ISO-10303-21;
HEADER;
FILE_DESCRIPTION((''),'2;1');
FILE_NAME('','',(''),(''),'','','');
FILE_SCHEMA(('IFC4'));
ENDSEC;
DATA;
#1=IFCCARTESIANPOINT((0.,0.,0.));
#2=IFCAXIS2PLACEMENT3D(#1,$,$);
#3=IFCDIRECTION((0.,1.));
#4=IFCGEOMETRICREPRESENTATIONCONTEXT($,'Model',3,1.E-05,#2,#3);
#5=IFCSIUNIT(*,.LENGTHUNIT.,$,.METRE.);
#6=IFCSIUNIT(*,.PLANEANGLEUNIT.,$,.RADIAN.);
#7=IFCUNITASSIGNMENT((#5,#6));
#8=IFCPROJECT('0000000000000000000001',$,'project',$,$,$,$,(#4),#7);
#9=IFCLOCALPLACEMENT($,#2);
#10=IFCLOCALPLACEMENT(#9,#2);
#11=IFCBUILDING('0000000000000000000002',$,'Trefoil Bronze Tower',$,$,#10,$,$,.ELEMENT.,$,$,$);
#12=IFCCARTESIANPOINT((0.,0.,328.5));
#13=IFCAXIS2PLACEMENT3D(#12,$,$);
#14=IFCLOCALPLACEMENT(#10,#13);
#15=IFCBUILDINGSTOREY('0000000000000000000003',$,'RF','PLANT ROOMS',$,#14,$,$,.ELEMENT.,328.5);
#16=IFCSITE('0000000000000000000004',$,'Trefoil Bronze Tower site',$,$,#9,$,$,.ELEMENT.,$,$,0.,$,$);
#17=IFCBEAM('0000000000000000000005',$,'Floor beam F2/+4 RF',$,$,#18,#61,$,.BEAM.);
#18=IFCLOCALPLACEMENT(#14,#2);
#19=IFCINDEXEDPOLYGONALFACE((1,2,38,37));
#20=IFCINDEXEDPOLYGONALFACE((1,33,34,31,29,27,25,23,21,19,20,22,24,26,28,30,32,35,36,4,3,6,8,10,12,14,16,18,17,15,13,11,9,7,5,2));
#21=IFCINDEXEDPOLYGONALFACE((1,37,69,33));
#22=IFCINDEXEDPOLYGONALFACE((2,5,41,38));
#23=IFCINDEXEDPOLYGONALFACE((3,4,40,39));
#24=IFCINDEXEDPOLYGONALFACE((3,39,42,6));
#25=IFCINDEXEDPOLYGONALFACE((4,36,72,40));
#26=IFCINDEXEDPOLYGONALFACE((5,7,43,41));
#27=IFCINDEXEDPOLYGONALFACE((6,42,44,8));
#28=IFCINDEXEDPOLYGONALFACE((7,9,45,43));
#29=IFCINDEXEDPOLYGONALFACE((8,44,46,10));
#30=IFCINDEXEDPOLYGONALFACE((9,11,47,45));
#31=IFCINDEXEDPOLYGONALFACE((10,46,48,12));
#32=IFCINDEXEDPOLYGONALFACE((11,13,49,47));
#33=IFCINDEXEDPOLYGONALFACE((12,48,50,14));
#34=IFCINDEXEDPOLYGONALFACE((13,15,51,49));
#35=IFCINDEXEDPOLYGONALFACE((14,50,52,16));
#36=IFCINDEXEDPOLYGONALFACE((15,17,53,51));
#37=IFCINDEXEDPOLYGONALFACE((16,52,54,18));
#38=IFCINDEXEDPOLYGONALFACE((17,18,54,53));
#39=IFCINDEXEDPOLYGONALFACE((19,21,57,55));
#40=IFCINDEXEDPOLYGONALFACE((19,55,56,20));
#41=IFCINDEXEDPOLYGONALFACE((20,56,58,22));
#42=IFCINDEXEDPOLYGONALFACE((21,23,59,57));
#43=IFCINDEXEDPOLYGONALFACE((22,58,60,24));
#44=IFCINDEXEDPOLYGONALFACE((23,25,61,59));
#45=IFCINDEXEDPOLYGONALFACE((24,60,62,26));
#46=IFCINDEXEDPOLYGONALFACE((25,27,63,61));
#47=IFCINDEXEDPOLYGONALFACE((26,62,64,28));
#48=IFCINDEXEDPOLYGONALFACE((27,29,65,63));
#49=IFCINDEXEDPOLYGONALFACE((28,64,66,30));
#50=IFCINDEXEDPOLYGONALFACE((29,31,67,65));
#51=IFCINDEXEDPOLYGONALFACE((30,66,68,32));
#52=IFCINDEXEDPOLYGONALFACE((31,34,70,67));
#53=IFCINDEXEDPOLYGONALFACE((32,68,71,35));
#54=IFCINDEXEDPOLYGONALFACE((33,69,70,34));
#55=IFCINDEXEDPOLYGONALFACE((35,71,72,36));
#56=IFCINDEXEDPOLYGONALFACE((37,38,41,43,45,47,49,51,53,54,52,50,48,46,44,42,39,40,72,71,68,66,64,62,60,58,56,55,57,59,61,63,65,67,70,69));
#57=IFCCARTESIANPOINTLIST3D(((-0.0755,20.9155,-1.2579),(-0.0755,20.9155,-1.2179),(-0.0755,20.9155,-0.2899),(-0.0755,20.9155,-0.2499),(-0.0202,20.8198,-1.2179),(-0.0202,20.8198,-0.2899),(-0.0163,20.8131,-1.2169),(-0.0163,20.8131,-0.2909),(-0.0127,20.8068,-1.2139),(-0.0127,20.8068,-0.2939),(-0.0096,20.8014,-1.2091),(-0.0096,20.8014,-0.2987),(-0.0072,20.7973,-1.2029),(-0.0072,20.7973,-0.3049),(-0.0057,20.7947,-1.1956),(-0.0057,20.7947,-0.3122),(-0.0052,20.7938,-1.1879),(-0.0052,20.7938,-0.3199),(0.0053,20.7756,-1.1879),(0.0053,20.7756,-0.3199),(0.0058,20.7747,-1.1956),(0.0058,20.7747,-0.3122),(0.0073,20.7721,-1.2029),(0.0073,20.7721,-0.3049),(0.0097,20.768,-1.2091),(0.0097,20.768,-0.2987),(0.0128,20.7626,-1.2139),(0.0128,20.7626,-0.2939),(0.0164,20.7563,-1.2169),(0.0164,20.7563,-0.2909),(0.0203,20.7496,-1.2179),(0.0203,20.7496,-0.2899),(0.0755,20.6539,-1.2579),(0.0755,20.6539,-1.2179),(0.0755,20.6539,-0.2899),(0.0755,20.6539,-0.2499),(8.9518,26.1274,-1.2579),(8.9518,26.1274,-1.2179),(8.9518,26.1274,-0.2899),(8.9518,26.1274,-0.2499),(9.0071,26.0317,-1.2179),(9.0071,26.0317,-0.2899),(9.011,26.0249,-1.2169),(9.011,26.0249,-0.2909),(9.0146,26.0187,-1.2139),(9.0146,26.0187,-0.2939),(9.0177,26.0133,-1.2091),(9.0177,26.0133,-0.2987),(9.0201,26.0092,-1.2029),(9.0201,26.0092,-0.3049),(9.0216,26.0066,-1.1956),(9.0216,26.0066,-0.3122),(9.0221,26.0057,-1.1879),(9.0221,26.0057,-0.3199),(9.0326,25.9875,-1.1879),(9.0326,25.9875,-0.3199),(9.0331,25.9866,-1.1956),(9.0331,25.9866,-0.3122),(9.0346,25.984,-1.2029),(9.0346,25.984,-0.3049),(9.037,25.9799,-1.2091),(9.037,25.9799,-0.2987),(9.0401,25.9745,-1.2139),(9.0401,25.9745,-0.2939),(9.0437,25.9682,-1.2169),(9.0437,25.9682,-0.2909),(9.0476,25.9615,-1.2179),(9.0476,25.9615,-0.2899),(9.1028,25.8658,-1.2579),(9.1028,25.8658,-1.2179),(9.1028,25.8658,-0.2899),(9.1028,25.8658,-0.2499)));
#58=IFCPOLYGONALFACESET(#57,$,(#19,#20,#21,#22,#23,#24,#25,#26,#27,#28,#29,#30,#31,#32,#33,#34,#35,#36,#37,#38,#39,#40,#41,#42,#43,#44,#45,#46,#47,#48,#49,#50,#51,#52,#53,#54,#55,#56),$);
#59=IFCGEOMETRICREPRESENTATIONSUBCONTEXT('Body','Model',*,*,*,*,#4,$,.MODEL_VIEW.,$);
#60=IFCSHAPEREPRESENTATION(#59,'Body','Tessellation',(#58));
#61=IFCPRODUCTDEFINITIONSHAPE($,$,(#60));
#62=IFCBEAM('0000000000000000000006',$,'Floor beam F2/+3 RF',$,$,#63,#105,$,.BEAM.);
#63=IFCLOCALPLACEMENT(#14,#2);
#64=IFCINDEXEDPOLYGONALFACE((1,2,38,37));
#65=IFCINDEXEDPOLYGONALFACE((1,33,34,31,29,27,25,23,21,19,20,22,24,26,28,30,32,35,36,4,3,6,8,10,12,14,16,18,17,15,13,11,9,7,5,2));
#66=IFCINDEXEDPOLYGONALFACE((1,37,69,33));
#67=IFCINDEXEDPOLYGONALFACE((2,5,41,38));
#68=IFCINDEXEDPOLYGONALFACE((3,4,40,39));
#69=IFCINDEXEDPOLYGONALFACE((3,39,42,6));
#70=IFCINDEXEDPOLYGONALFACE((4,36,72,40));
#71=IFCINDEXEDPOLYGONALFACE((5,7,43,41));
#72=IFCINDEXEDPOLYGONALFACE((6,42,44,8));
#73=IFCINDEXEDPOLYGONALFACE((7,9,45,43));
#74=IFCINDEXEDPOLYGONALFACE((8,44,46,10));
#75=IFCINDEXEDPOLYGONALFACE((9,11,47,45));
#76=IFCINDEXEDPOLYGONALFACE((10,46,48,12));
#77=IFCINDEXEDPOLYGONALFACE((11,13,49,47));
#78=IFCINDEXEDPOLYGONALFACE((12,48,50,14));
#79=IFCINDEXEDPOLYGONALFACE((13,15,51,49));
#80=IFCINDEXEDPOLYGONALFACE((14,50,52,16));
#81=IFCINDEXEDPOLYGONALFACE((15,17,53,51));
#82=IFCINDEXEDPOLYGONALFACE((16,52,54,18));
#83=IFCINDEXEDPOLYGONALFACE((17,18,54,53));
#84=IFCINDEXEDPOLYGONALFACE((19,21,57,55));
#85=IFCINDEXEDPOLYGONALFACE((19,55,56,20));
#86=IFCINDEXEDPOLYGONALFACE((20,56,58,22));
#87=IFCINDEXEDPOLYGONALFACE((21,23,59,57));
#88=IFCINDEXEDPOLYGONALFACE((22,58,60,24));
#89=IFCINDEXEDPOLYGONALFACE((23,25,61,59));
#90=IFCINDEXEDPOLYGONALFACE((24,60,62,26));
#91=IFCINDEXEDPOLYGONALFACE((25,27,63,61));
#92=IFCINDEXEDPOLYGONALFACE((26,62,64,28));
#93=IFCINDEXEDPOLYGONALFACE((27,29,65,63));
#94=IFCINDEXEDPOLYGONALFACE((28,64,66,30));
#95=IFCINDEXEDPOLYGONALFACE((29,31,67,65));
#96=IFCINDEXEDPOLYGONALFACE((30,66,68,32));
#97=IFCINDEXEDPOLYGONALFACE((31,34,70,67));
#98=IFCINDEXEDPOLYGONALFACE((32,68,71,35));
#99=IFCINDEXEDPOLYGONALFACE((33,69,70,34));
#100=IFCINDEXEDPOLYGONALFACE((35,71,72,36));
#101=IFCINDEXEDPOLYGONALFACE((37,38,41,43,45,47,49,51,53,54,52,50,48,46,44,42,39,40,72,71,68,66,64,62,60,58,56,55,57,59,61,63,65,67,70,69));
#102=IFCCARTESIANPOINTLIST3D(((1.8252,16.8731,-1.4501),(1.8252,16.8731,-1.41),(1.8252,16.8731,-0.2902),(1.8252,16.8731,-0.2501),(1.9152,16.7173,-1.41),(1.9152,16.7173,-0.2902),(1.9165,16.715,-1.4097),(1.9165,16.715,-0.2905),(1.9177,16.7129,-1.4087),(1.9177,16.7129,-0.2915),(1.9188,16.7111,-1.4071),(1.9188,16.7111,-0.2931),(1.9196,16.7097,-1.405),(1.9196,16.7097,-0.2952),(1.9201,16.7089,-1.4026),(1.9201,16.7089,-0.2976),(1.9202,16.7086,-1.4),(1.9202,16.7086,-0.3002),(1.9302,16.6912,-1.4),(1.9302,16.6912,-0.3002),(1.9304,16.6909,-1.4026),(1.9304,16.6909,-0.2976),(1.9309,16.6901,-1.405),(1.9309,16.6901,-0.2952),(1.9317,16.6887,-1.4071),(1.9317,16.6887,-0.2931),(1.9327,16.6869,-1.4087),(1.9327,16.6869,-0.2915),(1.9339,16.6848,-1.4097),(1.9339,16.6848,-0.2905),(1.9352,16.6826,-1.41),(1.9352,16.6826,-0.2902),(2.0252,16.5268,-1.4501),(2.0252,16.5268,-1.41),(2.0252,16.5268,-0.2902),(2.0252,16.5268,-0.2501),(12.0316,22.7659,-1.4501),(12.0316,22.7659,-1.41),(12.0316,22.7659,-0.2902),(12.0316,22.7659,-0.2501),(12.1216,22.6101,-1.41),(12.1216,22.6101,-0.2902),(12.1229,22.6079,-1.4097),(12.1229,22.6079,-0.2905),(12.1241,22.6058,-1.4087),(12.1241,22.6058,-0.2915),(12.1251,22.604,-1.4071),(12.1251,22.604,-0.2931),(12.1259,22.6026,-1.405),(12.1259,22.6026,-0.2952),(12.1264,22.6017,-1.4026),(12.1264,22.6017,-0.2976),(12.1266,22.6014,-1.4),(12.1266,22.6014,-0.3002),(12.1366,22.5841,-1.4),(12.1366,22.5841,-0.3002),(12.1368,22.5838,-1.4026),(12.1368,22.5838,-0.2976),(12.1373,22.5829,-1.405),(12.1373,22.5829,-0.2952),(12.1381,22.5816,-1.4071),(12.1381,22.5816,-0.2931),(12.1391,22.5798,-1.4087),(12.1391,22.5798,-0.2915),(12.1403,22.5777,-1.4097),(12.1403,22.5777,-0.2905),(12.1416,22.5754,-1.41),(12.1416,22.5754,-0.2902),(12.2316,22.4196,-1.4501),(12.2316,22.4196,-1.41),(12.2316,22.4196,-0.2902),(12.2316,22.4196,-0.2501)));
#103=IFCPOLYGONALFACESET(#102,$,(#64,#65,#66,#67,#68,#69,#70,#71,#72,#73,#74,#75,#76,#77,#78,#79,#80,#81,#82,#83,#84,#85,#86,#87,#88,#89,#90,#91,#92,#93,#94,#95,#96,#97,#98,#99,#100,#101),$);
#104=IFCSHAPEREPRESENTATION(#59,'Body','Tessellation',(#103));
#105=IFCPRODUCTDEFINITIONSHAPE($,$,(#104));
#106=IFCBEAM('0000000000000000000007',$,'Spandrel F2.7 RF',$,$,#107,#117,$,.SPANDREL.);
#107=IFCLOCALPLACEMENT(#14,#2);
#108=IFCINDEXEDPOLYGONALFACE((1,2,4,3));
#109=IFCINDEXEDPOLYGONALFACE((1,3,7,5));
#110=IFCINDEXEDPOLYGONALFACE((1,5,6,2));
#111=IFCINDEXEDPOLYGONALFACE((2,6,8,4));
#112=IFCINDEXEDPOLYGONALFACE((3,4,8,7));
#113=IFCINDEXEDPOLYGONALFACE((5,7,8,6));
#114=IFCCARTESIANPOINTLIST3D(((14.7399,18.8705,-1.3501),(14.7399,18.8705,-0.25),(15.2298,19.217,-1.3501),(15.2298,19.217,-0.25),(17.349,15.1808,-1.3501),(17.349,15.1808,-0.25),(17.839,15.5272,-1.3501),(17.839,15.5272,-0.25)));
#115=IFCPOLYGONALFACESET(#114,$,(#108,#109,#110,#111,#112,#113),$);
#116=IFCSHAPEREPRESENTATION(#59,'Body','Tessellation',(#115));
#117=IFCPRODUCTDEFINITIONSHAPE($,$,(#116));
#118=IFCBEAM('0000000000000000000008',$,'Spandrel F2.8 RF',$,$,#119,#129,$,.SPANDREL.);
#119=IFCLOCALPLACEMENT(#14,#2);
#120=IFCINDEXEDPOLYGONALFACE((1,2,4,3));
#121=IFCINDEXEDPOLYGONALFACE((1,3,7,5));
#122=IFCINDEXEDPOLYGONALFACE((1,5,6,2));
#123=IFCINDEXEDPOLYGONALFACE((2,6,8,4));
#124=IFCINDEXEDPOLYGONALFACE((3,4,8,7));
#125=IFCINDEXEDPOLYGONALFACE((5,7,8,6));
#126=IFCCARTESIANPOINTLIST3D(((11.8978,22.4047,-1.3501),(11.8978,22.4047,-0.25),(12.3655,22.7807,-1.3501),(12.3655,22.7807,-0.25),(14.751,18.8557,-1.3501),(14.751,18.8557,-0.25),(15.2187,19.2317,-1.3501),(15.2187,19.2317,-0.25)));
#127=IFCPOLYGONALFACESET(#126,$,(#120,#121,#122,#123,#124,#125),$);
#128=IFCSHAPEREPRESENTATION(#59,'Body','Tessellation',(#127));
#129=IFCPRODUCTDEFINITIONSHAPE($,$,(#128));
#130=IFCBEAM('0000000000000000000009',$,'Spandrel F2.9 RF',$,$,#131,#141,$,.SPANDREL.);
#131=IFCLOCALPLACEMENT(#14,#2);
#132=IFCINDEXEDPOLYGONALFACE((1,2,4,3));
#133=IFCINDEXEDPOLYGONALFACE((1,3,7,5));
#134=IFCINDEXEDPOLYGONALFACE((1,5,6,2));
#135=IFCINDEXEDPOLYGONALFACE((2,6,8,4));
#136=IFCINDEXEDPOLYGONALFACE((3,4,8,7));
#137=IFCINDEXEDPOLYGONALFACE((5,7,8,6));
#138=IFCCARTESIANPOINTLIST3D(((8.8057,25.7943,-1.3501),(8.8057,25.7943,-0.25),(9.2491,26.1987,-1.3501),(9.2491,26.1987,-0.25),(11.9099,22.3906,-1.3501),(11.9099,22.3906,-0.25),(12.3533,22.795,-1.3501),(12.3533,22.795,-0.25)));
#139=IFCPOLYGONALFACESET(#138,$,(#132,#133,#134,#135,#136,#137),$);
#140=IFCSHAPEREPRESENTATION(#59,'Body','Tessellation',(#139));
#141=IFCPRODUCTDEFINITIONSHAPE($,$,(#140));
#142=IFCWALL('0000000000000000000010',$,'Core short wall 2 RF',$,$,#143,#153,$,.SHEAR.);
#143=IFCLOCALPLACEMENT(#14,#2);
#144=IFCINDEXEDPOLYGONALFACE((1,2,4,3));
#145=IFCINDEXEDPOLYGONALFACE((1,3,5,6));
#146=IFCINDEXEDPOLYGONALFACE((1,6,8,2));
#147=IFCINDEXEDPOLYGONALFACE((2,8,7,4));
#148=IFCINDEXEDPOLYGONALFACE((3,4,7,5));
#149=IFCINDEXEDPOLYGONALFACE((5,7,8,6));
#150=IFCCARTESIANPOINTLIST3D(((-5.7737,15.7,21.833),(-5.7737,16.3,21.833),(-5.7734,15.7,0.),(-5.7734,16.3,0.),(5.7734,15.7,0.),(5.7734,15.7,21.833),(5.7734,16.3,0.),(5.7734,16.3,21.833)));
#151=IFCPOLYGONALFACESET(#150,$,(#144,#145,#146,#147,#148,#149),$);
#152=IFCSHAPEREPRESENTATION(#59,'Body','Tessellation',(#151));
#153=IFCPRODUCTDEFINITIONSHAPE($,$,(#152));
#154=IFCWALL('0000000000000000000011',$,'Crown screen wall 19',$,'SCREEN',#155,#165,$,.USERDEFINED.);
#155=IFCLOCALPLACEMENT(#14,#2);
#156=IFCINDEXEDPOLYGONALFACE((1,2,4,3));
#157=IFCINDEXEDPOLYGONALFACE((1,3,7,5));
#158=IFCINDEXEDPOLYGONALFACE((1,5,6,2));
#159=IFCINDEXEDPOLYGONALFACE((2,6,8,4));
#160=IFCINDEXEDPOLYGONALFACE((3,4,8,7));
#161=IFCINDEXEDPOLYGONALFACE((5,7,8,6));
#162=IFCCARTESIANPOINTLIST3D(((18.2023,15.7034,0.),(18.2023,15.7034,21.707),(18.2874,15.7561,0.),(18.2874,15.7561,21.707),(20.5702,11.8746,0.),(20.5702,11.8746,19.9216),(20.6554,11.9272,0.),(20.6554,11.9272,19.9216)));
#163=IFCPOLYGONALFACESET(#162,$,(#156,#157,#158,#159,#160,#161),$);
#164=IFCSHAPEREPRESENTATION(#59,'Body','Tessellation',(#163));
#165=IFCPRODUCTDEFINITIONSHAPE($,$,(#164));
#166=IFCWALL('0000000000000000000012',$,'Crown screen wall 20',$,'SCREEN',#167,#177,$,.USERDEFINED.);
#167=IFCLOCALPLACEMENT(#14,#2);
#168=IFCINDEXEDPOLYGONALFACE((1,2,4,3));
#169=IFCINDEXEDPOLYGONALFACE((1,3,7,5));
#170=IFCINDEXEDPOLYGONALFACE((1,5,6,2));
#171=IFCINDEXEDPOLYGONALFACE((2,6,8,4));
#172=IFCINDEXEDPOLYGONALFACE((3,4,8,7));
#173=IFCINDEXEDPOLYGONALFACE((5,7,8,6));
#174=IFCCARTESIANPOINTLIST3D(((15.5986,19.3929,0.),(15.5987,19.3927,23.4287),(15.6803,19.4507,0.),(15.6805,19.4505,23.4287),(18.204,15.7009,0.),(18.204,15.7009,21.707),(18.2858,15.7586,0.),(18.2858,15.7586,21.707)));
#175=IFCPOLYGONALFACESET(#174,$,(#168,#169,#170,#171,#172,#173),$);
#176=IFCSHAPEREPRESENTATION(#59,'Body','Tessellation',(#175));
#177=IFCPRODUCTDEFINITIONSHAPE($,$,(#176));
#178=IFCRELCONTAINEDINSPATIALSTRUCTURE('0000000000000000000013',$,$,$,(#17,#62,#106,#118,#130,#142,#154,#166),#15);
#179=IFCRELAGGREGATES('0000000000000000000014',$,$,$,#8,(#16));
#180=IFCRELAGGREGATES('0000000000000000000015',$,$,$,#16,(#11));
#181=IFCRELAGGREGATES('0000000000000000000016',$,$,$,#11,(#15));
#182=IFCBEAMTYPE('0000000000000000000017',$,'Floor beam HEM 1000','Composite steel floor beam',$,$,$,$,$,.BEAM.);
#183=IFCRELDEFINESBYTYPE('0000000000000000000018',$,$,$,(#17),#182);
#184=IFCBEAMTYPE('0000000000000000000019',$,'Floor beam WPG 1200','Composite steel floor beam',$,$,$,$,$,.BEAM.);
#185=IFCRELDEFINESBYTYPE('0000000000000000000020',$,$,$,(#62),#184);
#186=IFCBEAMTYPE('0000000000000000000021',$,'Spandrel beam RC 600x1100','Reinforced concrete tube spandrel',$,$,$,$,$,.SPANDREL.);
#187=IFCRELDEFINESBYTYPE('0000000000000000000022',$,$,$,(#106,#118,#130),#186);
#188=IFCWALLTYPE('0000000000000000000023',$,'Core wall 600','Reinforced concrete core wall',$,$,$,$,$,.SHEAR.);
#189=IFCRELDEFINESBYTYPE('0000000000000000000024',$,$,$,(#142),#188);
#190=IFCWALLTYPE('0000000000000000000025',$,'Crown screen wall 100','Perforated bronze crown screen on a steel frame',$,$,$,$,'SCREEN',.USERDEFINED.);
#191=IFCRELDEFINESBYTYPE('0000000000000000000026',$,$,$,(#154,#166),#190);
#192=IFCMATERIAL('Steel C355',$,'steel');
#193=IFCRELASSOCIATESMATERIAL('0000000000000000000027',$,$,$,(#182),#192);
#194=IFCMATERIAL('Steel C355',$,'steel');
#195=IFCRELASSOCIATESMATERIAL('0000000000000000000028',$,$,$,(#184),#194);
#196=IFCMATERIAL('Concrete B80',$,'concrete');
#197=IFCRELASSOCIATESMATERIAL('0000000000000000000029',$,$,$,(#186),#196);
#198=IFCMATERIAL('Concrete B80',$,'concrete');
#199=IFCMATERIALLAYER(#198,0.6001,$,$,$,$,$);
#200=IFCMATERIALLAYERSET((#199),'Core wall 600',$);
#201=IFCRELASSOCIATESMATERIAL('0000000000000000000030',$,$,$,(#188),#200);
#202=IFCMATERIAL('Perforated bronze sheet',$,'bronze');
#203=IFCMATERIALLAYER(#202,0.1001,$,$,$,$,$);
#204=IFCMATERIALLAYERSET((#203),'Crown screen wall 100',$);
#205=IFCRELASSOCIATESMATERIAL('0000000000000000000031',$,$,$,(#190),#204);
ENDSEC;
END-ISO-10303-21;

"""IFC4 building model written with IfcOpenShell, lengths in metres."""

from ifc_helpers import new_model, si_unit, direction, frame, origin, origin_2d, place, context, subcontext, project, spatial, polyline, rectangle, i_section, outline, extrude, material, layer, layer_set, material_profile, profile_set, type_object, element, save


model = new_model("IFC4")

# Units and contexts
model_context = context("Model", 3, precision=1e-05, world=origin(), true_north=direction((0.0, 1.0)))
body_context = subcontext(model_context, "Body", "Model", "MODEL_VIEW")
ifc_project = project(units=[si_unit("LENGTHUNIT", "METRE"), si_unit("PLANEANGLEUNIT", "RADIAN")], contexts=[model_context])

# Site, building, storey
site_placement = place(None, origin())
site = spatial("IfcSite", under=ifc_project, at=site_placement, Name="Trefoil Bronze Tower site", CompositionType="ELEMENT", RefElevation=0.0)
building_placement = place(site_placement, origin())
building = spatial("IfcBuilding", under=site, at=building_placement, Name="Trefoil Bronze Tower", CompositionType="ELEMENT")
storey_placement = place(building_placement, frame((0.0, 0.0, 328.5)))
storey = spatial("IfcBuildingStorey", under=building, at=storey_placement, Name="RF", Description="PLANT ROOMS", CompositionType="ELEMENT", Elevation=328.5)

# Beams
ifc_material_1 = material(Name="Steel C355", Category="steel")
ifc_material_profile_1 = material_profile(ifc_material_1, i_section(OverallWidth=0.302, OverallDepth=1.0081, WebThickness=0.021, FlangeThickness=0.04, FilletRadius=0.03, at=origin_2d()), Name="HEM 1000")
ifc_profile_set_1 = profile_set([ifc_material_profile_1], Name="Steel C355")
beam_type_1 = type_object("IfcBeamType", Name="Floor beam HEM 1000", Description="Composite steel floor beam", PredefinedType="BEAM", material=ifc_profile_set_1)
beam_1_placement = place(storey_placement, frame((9.0273, 25.9966, -0.7539), z_axis=(-0.866026, -0.499998, 0.0), x_axis=(0.499998, -0.866026, 0.0)))
element("IfcBeam", 1, at=beam_1_placement, inside=storey, type_object=beam_type_1, Name="Floor beam F2/+4 RF", PredefinedType="BEAM", context=body_context, shape_type="SweptSolid", body=[
    extrude(i_section(OverallWidth=0.302, OverallDepth=1.0081, WebThickness=0.021, FlangeThickness=0.04, FilletRadius=0.03, at=origin_2d()), origin(), (0.0, 0.0, 1.0), 10.4238),
])
ifc_material_2 = material(Name="Steel C355", Category="steel")
ifc_material_profile_2 = material_profile(ifc_material_2, i_section(OverallWidth=0.3999, OverallDepth=1.2, WebThickness=0.02, FlangeThickness=0.04, FilletRadius=0.01, at=origin_2d()), Name="WPG 1200")
ifc_profile_set_2 = profile_set([ifc_material_profile_2], Name="Steel C355")
beam_type_2 = type_object("IfcBeamType", Name="Floor beam WPG 1200", Description="Composite steel floor beam", PredefinedType="BEAM", material=ifc_profile_set_2)
beam_2_placement = place(storey_placement, frame((12.1316, 22.5928, -0.8501), z_axis=(-0.866018, -0.500014, 0.0), x_axis=(0.500014, -0.866018, 0.0)))
element("IfcBeam", 2, at=beam_2_placement, inside=storey, type_object=beam_type_2, Name="Floor beam F2/+3 RF", PredefinedType="BEAM", context=body_context, shape_type="SweptSolid", body=[
    extrude(i_section(OverallWidth=0.3999, OverallDepth=1.2, WebThickness=0.02, FlangeThickness=0.04, FilletRadius=0.01, at=origin_2d()), origin(), (0.0, 0.0, 1.0), 11.7854),
])
ifc_material_3 = material(Name="Concrete B80", Category="concrete")
ifc_material_profile_3 = material_profile(ifc_material_3, rectangle(XDim=0.6001, YDim=1.1001, at=origin_2d()), Name="RC 600x1100")
ifc_profile_set_3 = profile_set([ifc_material_profile_3], Name="Concrete B80")
beam_type_3 = type_object("IfcBeamType", Name="Spandrel beam RC 600x1100", Description="Reinforced concrete tube spandrel", PredefinedType="SPANDREL", material=ifc_profile_set_3)
beam_3_placement = place(storey_placement, frame((17.594, 15.354, -0.8), z_axis=(-0.577368, 0.816484, 0.0), x_axis=(-0.816484, -0.577368, 0.0)))
element("IfcBeam", 3, at=beam_3_placement, inside=storey, type_object=beam_type_3, Name="Spandrel F2.7 RF", PredefinedType="SPANDREL", context=body_context, shape_type="SweptSolid", body=[
    extrude(rectangle(XDim=0.6001, YDim=1.1001, at=origin_2d()), origin(), (0.0, 0.0, 1.0), 4.519),
])
beam_4_placement = place(storey_placement, frame((14.9849, 19.0437, -0.8), z_axis=(-0.62657, 0.779365, 0.0), x_axis=(-0.779365, -0.62657, 0.0)))
element("IfcBeam", 4, at=beam_4_placement, inside=storey, type_object=beam_type_3, Name="Spandrel F2.8 RF", PredefinedType="SPANDREL", context=body_context, shape_type="SweptSolid", body=[
    extrude(rectangle(XDim=0.6001, YDim=1.1001, at=origin_2d()), origin(), (0.0, 0.0, 1.0), 4.5537),
])
beam_5_placement = place(storey_placement, frame((12.1316, 22.5928, -0.8), z_axis=(-0.673846, 0.738872, 0.0), x_axis=(-0.738872, -0.673846, 0.0)))
element("IfcBeam", 5, at=beam_5_placement, inside=storey, type_object=beam_type_3, Name="Spandrel F2.9 RF", PredefinedType="SPANDREL", context=body_context, shape_type="SweptSolid", body=[
    extrude(rectangle(XDim=0.6001, YDim=1.1001, at=origin_2d()), origin(), (0.0, 0.0, 1.0), 4.6067),
])

# Walls
ifc_material_4 = material(Name="Concrete B80", Category="concrete")
ifc_layer_1 = layer(ifc_material_4, 0.6001)
ifc_layer_set_1 = layer_set([ifc_layer_1], Name="Core wall 600")
wall_type_1 = type_object("IfcWallType", Name="Core wall 600", Description="Reinforced concrete core wall", PredefinedType="SHEAR", material=ifc_layer_set_1)
wall_1_placement = place(storey_placement, frame((5.7734, 16.0, 0.0), z_axis=(0.0, 0.0, 1.0), x_axis=(-1.0, 0.0, 0.0)))
element("IfcWall", 6, at=wall_1_placement, inside=storey, type_object=wall_type_1, Name="Core short wall 2 RF", PredefinedType="SHEAR", context=body_context, shape_type="SweptSolid", body=[
    extrude(outline(polyline([(0.0, 0.0), (11.5469, 0.0), (11.5471, 21.833), (0.0, 21.833), (0.0, 0.0)])), frame((0.0, 0.3, 0.0), z_axis=(0.0, -1.0, 0.0), x_axis=(1.0, 0.0, 0.0)), (0.0, 0.0, 1.0), 0.6001),
])
ifc_material_5 = material(Name="Perforated bronze sheet", Category="bronze")
ifc_layer_2 = layer(ifc_material_5, 0.1001)
ifc_layer_set_2 = layer_set([ifc_layer_2], Name="Crown screen wall 100")
wall_type_2 = type_object("IfcWallType", Name="Crown screen wall 100", Description="Perforated bronze crown screen on a steel frame", ElementType="SCREEN", PredefinedType="USERDEFINED", material=ifc_layer_set_2)
wall_2_placement = place(storey_placement, frame((20.6128, 11.9009, 0.0), z_axis=(0.0, 0.0, 1.0), x_axis=(-0.525981, 0.850496, 0.0)))
element("IfcWall", 7, at=wall_2_placement, inside=storey, type_object=wall_type_2, Name="Crown screen wall 19", ObjectType="SCREEN", PredefinedType="USERDEFINED", context=body_context, shape_type="SweptSolid", body=[
    extrude(outline(polyline([(0.0, 0.0), (4.502, 0.0), (4.502, 21.707), (0.0, 19.9216), (0.0, 0.0)])), frame((0.0, 0.05, 0.0), z_axis=(0.0, -1.0, 0.0), x_axis=(1.0, 0.0, 0.0)), (0.0, 0.0, 1.0), 0.1001),
])
wall_3_placement = place(storey_placement, frame((18.2449, 15.7297, 0.0), z_axis=(0.0, 0.0, 1.0), x_axis=(-0.576573, 0.817046, 0.0)))
element("IfcWall", 8, at=wall_3_placement, inside=storey, type_object=wall_type_2, Name="Crown screen wall 20", ObjectType="SCREEN", PredefinedType="USERDEFINED", context=body_context, shape_type="SweptSolid", body=[
    extrude(outline(polyline([(0.0, 0.0), (4.5188, 0.0), (4.5186, 23.4287), (0.0, 21.707), (0.0, 0.0)])), frame((0.0, 0.05, 0.0), z_axis=(0.0, -1.0, 0.0), x_axis=(1.0, 0.0, 0.0)), (0.0, 0.0, 1.0), 0.1001),
])

save(model, "model.ifc")
